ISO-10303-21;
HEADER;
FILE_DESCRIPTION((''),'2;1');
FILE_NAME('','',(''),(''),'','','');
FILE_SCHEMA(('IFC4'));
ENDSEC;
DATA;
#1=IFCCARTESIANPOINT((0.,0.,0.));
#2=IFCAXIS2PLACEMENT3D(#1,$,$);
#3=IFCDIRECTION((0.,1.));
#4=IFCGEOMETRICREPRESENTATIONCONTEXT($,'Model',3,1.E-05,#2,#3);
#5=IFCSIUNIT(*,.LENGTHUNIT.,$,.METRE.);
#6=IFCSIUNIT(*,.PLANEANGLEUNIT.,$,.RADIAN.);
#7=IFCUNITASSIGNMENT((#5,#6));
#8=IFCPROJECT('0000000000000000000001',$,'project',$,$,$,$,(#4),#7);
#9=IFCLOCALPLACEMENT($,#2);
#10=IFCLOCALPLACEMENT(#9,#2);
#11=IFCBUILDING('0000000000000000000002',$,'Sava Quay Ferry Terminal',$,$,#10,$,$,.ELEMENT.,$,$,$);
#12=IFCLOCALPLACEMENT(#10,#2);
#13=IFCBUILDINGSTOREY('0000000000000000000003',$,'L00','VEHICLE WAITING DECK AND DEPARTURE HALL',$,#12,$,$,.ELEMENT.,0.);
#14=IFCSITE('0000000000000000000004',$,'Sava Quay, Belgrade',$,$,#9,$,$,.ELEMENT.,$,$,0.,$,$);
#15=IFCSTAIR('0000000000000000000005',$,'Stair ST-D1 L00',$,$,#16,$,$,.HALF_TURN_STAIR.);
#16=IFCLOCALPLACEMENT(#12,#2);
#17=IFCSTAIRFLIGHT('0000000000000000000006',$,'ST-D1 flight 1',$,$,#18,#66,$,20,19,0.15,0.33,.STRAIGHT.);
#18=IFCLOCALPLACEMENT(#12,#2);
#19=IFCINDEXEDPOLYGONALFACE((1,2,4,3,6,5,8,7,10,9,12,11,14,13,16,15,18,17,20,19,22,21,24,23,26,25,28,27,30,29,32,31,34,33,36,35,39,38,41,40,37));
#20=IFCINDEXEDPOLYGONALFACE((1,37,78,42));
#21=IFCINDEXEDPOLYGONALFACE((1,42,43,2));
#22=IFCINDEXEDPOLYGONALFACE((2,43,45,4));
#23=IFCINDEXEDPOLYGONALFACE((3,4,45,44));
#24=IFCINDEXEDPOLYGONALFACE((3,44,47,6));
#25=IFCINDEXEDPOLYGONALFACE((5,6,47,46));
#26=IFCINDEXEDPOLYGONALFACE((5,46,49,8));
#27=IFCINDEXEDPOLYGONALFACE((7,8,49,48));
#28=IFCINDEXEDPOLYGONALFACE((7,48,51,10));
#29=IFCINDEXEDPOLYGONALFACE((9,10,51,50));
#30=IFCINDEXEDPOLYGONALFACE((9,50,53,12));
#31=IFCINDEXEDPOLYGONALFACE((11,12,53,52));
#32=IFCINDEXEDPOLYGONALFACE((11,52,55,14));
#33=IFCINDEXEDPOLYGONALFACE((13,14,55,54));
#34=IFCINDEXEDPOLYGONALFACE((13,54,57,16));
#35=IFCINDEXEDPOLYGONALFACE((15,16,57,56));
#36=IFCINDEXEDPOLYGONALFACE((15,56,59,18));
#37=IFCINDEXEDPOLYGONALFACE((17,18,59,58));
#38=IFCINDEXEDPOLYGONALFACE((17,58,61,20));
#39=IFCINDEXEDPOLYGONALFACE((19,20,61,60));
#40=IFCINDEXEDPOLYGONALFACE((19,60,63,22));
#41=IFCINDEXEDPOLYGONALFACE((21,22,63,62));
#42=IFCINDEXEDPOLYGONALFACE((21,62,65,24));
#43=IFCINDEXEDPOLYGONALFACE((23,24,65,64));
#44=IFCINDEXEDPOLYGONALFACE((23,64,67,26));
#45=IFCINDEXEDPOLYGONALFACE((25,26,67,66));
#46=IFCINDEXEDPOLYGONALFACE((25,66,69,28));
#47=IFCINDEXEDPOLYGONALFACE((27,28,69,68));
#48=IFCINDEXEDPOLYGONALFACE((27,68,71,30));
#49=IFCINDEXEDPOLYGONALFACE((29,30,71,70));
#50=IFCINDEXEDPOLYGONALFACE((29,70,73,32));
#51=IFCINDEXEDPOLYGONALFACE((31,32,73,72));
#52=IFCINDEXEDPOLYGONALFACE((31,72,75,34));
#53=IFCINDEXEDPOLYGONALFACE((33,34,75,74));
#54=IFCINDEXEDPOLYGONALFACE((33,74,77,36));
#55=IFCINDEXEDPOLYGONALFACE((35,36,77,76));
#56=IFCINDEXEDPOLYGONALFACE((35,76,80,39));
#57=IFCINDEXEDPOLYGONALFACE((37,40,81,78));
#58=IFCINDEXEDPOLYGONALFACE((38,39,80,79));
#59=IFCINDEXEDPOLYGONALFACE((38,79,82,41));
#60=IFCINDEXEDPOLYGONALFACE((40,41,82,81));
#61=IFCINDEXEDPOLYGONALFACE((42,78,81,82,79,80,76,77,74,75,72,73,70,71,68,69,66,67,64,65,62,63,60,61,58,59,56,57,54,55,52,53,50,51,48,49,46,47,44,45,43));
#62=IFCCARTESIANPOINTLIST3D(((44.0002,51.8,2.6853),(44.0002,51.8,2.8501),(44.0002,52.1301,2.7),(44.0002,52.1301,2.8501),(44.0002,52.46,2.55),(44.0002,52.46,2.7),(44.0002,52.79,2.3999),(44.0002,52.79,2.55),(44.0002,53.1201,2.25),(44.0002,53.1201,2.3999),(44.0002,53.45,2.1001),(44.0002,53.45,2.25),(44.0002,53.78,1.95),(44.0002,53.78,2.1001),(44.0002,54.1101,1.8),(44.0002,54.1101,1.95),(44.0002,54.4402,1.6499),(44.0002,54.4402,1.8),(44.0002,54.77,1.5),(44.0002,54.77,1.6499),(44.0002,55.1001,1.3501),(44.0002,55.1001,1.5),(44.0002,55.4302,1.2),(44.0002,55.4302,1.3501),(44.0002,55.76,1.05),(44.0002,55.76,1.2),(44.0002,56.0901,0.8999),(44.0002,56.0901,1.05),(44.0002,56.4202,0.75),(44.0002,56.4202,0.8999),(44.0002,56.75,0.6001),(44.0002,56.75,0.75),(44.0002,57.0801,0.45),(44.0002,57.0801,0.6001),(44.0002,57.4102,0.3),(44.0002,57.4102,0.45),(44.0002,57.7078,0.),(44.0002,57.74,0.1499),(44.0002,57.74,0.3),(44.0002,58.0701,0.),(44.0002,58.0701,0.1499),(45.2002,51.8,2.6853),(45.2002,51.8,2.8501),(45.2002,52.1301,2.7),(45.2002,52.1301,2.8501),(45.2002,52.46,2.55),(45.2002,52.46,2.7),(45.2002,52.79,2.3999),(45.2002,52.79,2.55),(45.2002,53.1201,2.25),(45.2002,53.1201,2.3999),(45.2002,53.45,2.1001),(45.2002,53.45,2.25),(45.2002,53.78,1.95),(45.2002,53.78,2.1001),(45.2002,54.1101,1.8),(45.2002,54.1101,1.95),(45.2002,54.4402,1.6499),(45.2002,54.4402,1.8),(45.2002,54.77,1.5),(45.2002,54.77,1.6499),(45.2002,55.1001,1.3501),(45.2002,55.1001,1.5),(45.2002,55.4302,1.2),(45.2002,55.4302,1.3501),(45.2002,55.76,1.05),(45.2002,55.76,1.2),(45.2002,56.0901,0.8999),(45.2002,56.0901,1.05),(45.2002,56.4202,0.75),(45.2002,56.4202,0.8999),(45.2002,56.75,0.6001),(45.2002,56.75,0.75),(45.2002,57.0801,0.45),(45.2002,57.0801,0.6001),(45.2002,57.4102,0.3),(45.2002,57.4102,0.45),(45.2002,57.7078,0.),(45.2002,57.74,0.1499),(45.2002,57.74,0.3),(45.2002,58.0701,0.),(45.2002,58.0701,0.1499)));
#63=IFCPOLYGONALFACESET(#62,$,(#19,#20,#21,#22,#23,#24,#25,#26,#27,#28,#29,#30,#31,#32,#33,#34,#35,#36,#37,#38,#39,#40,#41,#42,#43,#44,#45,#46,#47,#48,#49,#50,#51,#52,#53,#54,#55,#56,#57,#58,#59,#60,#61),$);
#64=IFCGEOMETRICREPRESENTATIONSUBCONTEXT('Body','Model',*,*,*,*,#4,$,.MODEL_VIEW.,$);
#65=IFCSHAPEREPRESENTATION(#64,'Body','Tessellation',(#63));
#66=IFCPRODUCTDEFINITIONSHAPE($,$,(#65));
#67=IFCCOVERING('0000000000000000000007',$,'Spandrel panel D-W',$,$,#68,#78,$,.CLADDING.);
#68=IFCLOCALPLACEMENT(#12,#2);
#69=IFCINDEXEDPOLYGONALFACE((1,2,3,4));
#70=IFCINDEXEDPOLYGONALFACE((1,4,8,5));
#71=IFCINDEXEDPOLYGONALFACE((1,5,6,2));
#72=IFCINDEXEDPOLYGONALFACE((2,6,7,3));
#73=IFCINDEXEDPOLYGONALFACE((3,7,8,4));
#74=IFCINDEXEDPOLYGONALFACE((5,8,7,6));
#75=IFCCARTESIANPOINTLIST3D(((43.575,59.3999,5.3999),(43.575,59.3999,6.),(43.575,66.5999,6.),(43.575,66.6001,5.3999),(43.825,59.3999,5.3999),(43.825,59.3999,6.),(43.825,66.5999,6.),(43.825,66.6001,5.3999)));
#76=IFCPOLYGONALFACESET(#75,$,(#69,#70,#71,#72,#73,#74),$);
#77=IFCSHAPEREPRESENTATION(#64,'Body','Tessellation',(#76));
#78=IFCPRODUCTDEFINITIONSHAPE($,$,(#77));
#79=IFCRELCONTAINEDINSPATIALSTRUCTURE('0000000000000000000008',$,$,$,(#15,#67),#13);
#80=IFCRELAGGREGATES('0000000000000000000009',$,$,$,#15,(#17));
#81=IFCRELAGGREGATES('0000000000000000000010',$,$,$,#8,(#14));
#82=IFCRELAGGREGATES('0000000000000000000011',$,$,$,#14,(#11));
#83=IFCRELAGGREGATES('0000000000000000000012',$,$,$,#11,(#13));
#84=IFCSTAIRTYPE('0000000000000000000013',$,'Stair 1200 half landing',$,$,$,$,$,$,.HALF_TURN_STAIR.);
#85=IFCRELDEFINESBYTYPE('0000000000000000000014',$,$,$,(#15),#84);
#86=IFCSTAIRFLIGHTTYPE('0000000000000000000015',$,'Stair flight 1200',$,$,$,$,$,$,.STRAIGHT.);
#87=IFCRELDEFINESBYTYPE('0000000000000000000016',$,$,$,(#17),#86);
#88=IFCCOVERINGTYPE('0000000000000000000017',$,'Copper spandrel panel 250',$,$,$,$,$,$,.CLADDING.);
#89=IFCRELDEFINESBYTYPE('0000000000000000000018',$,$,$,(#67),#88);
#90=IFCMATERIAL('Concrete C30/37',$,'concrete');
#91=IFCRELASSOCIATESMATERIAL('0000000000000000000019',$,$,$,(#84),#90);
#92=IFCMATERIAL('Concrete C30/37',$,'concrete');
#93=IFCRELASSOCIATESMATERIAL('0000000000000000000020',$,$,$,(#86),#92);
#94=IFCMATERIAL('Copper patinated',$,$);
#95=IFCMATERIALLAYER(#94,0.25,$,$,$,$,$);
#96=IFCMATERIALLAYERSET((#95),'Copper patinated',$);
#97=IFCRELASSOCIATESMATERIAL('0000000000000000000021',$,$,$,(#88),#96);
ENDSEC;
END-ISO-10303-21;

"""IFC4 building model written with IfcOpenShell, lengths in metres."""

from ifc_helpers import new_model, si_unit, direction, frame, origin, place, context, subcontext, project, spatial, polyline, outline, extrude, material, layer, layer_set, type_object, element, aggregate, save


model = new_model("IFC4")

# Units and contexts
model_context = context("Model", 3, precision=1e-05, world=origin(), true_north=direction((0.0, 1.0)))
body_context = subcontext(model_context, "Body", "Model", "MODEL_VIEW")
ifc_project = project(units=[si_unit("LENGTHUNIT", "METRE"), si_unit("PLANEANGLEUNIT", "RADIAN")], contexts=[model_context])

# Site, building, storey
site_placement = place(None, origin())
site = spatial("IfcSite", under=ifc_project, at=site_placement, Name="Sava Quay, Belgrade", CompositionType="ELEMENT", RefElevation=0.0)
building_placement = place(site_placement, origin())
building = spatial("IfcBuilding", under=site, at=building_placement, Name="Sava Quay Ferry Terminal", CompositionType="ELEMENT")
storey_placement = place(building_placement, origin())
storey = spatial("IfcBuildingStorey", under=building, at=storey_placement, Name="L00", Description="VEHICLE WAITING DECK AND DEPARTURE HALL", CompositionType="ELEMENT", Elevation=0.0)

# Stair, stair flight
ifc_material_1 = material(Name="Concrete C30/37", Category="concrete")
stair_type = type_object("IfcStairType", Name="Stair 1200 half landing", PredefinedType="HALF_TURN_STAIR", material=ifc_material_1)
stair_placement = place(storey_placement, origin())
stair = element("IfcStair", 1, at=stair_placement, inside=storey, type_object=stair_type, Name="Stair ST-D1 L00", PredefinedType="HALF_TURN_STAIR")
ifc_material_2 = material(Name="Concrete C30/37", Category="concrete")
stair_flight_type = type_object("IfcStairFlightType", Name="Stair flight 1200", PredefinedType="STRAIGHT", material=ifc_material_2)
stair_flight_placement = place(storey_placement, frame((44.6001, 58.0701, 0.0), z_axis=(0.0, 0.0, 1.0), x_axis=(0.0, -1.0, 0.0)))
stair_flight = element("IfcStairFlight", 2, at=stair_flight_placement, type_object=stair_flight_type, Name="ST-D1 flight 1", NumberOfRisers=20, NumberOfTreads=19, PredefinedType="STRAIGHT", RiserHeight=0.15, TreadLength=0.33, context=body_context, shape_type="SweptSolid", body=[
    extrude(outline(polyline([(0.0, 0.0), (0.0, 0.1499), (0.3301, 0.1499), (0.3301, 0.3), (0.6599, 0.3), (0.6599, 0.45), (0.99, 0.45), (0.99, 0.6001), (1.3201, 0.6001), (1.3201, 0.75), (1.6499, 0.75), (1.6499, 0.8999), (1.98, 0.8999), (1.98, 1.05), (2.3101, 1.05), (2.3101, 1.2), (2.6399, 1.2), (2.6399, 1.3501), (2.97, 1.3501), (2.97, 1.5), (3.3, 1.5), (3.3, 1.6499), (3.6299, 1.6499), (3.6299, 1.8), (3.96, 1.8), (3.96, 1.95), (4.29, 1.95), (4.29, 2.1001), (4.6201, 2.1001), (4.6201, 2.25), (4.95, 2.25), (4.95, 2.3999), (5.28, 2.3999), (5.28, 2.55), (5.6101, 2.55), (5.6101, 2.7), (5.9399, 2.7), (5.9399, 2.8501), (6.27, 2.8501), (6.27, 3.0), (6.27, 2.6853), (0.3623, 0.0), (0.0, 0.0)])), frame((0.0, 0.6001, 0.0), z_axis=(0.0, -1.0, 0.0), x_axis=(1.0, 0.0, 0.0)), (0.0, 0.0, 1.0), 1.2),
])
aggregate(stair, [stair_flight])

# Covering
ifc_material_3 = material(Name="Copper patinated")
ifc_layer_1 = layer(ifc_material_3, 0.25)
ifc_layer_set_1 = layer_set([ifc_layer_1], Name="Copper patinated")
covering_type = type_object("IfcCoveringType", Name="Copper spandrel panel 250", PredefinedType="CLADDING", material=ifc_layer_set_1)
covering_placement = place(storey_placement, frame((43.7, 59.3999, 5.3999), z_axis=(0.0, 0.0, 1.0), x_axis=(0.0, 1.0, 0.0)))
element("IfcCovering", 3, at=covering_placement, inside=storey, type_object=covering_type, Name="Spandrel panel D-W", PredefinedType="CLADDING", context=body_context, shape_type="SweptSolid", body=[
    extrude(outline(polyline([(0.0, 0.0), (7.2002, 0.0), (7.2, 0.6001), (0.0, 0.6001), (0.0, 0.0)])), frame((0.0, 0.125, 0.0), z_axis=(0.0, -1.0, 0.0), x_axis=(1.0, 0.0, 0.0)), (0.0, 0.0, 1.0), 0.25),
])

save(model, "model.ifc")
